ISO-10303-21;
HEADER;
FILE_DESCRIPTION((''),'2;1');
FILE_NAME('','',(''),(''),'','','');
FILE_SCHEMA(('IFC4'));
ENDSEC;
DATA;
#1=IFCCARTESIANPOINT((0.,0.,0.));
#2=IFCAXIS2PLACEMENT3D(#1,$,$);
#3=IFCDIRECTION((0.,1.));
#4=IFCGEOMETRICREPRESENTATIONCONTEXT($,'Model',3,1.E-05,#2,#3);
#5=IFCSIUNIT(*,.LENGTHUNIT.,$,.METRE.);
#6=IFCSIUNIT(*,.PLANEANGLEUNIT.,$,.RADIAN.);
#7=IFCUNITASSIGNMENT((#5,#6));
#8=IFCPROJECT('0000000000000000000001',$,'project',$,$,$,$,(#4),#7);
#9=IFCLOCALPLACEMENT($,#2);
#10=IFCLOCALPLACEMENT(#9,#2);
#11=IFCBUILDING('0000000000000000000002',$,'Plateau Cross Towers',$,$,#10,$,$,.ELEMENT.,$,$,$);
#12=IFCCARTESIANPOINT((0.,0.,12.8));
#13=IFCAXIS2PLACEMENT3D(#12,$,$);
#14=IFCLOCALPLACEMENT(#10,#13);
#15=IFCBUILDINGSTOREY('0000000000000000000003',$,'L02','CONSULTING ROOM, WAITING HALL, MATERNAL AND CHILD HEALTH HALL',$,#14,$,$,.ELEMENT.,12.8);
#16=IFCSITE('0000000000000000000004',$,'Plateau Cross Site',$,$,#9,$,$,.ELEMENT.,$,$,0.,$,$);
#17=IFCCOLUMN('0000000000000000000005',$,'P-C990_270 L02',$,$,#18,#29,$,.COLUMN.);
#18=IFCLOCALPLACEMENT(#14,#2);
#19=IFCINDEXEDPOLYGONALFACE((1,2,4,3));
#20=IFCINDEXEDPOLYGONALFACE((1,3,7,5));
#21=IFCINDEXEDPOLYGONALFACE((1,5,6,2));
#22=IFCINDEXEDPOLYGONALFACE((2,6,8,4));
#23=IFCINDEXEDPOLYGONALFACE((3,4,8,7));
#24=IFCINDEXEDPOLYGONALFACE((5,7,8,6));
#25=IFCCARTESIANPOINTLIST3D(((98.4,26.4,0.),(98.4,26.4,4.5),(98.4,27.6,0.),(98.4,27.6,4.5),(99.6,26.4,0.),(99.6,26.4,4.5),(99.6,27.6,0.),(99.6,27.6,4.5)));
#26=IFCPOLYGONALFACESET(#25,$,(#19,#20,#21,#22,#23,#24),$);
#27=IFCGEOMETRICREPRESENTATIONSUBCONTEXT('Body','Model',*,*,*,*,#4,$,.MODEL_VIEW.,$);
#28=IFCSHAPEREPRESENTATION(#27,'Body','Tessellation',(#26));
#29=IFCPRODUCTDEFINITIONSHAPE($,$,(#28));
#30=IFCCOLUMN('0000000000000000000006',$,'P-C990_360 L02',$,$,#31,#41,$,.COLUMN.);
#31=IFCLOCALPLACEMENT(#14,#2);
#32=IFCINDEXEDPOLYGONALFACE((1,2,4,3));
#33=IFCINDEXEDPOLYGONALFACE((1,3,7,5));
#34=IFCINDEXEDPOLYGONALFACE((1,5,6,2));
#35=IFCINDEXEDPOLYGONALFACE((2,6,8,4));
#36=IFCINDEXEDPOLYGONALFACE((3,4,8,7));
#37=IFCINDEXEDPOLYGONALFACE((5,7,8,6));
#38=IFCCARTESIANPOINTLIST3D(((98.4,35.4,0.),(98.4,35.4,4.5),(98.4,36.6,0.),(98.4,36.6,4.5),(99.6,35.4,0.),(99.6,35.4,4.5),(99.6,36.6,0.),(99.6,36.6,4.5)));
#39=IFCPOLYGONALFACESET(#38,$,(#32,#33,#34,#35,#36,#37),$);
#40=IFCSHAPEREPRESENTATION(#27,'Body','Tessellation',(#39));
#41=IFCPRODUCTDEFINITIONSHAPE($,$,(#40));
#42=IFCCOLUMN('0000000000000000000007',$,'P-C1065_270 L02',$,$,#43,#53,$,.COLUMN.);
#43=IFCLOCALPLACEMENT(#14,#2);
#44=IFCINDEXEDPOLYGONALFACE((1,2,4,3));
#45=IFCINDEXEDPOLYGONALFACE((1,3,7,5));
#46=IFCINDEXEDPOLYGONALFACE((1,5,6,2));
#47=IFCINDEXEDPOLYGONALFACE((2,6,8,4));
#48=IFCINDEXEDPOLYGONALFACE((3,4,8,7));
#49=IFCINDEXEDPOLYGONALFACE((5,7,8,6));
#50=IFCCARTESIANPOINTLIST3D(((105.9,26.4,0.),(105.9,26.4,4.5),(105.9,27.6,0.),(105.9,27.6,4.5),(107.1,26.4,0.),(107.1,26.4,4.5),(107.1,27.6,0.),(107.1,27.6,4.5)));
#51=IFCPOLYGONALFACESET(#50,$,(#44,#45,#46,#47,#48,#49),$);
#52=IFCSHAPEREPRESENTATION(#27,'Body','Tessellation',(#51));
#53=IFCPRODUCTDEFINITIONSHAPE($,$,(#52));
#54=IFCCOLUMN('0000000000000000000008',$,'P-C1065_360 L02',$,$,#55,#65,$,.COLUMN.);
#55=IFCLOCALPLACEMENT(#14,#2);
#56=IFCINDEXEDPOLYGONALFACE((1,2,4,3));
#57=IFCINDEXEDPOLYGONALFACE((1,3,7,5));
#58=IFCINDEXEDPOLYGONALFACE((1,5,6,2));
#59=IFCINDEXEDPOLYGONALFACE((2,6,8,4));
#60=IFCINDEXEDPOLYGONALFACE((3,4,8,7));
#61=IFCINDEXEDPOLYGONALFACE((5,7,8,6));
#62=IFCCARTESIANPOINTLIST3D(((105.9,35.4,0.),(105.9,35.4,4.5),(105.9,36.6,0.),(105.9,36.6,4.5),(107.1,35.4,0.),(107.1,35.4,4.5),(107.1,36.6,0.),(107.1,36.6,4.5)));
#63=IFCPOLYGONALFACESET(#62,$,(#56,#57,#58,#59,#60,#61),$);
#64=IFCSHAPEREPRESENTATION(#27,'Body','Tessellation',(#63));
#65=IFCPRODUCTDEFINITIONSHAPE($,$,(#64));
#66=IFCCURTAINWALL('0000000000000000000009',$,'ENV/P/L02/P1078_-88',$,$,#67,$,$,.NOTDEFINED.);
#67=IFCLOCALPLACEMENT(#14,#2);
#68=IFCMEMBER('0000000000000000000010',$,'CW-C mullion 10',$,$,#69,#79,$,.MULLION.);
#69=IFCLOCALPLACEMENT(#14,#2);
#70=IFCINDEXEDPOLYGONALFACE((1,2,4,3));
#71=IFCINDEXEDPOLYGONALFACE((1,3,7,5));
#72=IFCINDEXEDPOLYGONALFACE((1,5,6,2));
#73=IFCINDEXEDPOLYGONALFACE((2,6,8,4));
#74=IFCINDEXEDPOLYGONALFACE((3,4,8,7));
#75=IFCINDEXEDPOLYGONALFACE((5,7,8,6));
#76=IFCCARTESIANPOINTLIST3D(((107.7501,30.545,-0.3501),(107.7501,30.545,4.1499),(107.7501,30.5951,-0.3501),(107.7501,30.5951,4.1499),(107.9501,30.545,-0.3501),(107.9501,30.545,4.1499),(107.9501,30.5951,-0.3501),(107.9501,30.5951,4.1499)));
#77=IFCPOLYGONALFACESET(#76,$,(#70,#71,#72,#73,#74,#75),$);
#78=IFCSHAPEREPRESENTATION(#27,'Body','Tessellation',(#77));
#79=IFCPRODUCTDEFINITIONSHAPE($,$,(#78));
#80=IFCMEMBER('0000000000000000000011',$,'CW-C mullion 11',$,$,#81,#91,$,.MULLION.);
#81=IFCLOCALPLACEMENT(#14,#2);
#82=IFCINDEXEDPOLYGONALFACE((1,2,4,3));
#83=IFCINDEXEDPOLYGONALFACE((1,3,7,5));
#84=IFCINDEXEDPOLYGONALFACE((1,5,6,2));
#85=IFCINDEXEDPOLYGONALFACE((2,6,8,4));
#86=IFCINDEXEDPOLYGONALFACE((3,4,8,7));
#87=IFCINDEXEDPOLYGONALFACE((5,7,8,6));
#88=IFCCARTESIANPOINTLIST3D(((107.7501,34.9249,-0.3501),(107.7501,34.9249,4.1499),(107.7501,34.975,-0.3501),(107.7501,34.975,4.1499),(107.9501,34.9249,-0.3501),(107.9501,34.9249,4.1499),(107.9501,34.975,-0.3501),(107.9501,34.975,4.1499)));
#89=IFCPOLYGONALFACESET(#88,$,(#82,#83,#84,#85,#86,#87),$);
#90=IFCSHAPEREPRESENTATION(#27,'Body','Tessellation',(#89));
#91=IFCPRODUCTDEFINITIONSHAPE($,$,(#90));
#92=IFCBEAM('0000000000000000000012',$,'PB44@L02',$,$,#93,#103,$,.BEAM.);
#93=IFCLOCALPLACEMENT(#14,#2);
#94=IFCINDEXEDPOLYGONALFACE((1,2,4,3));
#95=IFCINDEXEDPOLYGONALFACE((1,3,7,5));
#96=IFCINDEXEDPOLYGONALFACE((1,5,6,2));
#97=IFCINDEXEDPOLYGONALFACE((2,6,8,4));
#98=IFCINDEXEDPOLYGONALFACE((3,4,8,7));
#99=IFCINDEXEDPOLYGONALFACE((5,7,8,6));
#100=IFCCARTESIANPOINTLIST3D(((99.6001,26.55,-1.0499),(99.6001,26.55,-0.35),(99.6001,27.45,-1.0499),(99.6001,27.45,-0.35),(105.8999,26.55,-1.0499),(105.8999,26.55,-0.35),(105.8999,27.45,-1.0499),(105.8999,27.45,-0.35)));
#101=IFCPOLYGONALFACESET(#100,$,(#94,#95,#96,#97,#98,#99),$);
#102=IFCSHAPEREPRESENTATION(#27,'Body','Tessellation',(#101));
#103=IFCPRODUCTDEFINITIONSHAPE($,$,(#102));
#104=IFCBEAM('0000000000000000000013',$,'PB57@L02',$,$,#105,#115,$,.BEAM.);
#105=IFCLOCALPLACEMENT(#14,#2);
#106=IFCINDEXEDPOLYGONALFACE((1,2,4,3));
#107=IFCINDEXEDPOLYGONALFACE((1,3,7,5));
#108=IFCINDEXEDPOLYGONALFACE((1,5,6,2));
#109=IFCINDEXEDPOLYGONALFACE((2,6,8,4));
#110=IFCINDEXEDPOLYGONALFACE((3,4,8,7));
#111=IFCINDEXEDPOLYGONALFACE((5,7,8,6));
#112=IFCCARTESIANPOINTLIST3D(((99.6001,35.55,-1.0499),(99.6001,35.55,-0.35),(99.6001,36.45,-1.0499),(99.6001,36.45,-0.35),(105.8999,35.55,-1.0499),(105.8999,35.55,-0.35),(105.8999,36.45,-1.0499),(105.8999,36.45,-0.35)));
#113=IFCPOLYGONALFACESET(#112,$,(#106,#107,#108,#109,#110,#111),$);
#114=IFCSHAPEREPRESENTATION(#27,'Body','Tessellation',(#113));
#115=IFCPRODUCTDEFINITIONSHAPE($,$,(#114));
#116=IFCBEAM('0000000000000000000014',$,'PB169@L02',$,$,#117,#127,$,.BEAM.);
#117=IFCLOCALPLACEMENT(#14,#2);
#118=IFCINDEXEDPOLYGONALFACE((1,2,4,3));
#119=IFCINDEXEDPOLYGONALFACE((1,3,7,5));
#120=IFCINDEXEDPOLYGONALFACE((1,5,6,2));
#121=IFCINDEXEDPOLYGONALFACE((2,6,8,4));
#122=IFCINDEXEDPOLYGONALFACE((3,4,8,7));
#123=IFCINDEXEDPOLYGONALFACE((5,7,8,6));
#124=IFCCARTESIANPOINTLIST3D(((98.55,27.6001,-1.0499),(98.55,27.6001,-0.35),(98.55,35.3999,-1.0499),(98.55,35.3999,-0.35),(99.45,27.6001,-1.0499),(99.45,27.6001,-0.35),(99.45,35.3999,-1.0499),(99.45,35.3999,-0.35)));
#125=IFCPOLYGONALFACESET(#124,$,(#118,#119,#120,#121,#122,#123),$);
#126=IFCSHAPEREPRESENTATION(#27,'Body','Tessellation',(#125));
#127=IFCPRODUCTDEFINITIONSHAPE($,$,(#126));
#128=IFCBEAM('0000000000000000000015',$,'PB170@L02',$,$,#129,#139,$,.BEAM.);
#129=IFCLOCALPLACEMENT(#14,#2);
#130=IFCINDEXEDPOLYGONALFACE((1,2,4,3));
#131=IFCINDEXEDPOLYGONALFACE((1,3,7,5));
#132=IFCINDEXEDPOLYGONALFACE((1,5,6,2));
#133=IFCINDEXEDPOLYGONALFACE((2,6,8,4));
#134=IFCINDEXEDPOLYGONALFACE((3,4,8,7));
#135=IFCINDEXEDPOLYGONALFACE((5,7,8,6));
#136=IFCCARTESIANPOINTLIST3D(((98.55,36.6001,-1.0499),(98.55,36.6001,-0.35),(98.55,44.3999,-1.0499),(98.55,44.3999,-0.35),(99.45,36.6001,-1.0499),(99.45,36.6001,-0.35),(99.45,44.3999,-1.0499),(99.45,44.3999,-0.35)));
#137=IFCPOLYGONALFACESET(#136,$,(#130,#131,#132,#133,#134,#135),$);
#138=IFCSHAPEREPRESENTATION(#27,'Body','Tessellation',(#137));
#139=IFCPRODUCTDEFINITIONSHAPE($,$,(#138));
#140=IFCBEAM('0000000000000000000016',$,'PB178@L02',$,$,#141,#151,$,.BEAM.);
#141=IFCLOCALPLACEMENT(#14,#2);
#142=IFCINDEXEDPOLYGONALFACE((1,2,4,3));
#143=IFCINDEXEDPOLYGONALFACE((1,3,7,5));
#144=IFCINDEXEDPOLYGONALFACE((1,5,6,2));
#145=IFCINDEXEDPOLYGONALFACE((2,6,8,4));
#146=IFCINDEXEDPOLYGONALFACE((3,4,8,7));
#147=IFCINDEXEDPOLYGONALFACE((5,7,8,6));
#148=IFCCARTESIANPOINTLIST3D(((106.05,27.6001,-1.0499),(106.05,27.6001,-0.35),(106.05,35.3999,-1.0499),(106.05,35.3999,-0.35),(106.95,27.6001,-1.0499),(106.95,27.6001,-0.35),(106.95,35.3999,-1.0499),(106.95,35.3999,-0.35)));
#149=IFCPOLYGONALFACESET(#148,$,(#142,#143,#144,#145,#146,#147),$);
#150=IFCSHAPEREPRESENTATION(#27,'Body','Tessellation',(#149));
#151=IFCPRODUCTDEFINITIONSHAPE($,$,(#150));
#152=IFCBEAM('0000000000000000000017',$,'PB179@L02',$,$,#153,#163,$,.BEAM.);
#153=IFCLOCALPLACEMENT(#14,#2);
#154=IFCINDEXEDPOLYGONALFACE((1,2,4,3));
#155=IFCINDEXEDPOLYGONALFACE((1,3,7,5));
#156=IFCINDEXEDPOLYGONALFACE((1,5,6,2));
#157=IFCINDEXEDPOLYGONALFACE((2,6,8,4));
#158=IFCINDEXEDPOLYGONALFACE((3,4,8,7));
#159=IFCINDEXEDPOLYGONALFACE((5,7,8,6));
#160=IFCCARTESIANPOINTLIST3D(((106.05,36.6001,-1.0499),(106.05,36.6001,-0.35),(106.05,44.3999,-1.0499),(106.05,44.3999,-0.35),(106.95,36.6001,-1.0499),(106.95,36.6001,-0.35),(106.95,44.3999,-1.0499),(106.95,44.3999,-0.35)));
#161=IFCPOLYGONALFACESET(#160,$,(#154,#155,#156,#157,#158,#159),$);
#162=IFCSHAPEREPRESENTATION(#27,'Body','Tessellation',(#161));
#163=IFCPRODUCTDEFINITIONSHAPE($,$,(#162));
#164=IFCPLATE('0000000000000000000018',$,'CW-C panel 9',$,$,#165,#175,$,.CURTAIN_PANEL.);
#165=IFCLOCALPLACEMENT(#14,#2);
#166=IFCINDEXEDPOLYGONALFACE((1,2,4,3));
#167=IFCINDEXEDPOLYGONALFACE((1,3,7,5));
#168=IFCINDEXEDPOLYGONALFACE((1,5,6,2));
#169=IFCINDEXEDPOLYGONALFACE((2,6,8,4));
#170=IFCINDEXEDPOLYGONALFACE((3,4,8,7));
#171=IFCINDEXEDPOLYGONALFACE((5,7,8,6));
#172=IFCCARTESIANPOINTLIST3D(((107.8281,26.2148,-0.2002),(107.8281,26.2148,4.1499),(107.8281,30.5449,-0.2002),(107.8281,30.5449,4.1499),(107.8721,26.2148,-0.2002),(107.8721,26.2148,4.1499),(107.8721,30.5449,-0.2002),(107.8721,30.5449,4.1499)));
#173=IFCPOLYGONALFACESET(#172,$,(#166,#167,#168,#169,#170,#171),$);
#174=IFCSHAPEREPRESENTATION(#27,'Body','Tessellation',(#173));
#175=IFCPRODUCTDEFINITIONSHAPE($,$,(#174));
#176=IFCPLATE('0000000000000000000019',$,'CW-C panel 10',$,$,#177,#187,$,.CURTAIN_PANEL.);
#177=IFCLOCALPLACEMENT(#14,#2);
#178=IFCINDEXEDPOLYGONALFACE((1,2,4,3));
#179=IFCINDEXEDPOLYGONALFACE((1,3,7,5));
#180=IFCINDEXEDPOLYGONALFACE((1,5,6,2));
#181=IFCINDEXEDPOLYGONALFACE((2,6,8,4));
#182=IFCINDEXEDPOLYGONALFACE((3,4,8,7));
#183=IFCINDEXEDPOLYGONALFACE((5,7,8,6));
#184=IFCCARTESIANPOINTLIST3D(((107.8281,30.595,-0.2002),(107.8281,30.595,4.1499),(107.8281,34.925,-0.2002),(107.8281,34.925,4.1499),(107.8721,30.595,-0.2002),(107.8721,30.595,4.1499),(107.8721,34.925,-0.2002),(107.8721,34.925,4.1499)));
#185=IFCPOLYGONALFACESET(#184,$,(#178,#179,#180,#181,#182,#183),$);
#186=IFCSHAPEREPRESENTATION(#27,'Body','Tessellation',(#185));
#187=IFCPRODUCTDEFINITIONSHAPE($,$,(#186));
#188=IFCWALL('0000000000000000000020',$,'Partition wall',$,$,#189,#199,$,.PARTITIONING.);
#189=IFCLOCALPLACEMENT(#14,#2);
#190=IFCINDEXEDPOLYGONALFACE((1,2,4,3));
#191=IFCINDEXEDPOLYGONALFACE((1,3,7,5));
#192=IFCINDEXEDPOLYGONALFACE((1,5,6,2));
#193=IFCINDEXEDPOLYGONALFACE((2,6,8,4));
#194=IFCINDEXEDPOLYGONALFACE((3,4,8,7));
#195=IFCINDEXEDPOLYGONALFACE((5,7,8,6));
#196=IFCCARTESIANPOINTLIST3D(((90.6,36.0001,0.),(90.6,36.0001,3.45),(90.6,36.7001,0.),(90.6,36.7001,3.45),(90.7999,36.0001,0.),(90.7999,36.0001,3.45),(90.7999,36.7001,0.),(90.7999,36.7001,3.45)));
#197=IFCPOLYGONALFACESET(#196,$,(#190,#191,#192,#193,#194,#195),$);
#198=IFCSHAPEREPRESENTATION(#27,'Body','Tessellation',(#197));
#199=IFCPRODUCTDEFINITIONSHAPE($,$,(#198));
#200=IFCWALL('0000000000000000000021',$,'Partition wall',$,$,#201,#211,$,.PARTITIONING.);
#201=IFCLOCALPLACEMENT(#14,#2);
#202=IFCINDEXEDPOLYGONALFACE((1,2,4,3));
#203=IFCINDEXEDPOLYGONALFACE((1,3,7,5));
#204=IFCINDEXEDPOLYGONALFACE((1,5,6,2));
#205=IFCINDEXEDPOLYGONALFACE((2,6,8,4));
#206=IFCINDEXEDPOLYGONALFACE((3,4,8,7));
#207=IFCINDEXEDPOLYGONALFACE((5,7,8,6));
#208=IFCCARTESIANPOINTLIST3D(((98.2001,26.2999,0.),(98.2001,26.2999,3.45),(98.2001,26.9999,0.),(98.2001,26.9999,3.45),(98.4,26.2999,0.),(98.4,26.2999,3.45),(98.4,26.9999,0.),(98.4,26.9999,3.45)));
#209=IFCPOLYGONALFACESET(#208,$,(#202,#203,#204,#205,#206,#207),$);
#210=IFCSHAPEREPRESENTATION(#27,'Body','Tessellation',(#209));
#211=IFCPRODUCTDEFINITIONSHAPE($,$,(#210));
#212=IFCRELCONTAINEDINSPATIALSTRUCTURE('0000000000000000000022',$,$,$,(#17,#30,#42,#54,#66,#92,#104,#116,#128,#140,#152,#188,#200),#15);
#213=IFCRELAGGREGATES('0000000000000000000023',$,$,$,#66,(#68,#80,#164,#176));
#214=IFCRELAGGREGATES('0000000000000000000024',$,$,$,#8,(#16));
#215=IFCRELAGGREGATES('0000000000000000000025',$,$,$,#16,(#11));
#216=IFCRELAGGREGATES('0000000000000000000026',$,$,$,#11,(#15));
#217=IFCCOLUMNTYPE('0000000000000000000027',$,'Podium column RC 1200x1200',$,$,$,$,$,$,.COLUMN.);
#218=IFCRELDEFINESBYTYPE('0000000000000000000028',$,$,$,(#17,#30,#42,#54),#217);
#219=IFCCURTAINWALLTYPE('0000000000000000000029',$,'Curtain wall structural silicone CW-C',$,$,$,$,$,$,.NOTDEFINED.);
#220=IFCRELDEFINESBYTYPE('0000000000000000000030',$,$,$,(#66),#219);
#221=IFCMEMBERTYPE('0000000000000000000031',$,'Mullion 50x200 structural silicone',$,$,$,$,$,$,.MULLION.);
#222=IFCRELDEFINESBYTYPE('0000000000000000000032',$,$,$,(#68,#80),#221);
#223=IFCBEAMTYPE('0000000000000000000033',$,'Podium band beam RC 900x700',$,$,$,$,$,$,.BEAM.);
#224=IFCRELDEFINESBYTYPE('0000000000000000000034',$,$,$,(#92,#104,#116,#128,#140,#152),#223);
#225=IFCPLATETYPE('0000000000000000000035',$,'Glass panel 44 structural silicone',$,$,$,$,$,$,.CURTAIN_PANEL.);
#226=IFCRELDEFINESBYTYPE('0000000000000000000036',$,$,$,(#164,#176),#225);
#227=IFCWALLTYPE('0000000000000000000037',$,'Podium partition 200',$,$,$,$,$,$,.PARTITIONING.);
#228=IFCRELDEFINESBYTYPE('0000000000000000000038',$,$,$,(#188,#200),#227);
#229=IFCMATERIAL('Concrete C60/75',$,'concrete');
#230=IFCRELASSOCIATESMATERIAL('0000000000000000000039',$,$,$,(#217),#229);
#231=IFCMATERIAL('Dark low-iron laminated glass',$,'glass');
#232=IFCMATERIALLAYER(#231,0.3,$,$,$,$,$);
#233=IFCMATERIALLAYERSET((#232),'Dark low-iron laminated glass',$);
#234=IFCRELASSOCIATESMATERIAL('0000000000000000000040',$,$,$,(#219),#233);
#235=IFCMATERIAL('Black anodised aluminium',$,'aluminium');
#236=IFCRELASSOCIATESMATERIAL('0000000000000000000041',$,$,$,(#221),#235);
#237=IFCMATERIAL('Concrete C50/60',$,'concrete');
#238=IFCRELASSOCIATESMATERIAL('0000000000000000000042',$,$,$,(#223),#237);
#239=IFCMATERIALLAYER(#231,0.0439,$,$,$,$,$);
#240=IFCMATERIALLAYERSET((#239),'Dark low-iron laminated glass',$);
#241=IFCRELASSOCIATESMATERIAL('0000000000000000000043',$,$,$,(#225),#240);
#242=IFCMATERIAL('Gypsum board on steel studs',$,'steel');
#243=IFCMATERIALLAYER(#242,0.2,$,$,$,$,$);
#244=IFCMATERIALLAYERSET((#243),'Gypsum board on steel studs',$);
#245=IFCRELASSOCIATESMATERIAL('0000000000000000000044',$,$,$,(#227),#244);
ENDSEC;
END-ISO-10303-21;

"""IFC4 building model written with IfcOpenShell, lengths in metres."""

from ifc_helpers import new_model, si_unit, direction, frame, frame_2d, origin, origin_2d, place, context, subcontext, project, spatial, rectangle, extrude, material, layer, layer_set, material_profile, profile_set, type_object, element, aggregate, save


model = new_model("IFC4")

# Units and contexts
model_context = context("Model", 3, precision=1e-05, world=origin(), true_north=direction((0.0, 1.0)))
body_context = subcontext(model_context, "Body", "Model", "MODEL_VIEW")
ifc_project = project(units=[si_unit("LENGTHUNIT", "METRE"), si_unit("PLANEANGLEUNIT", "RADIAN")], contexts=[model_context])

# Site, building, storey
site_placement = place(None, origin())
site = spatial("IfcSite", under=ifc_project, at=site_placement, Name="Plateau Cross Site", CompositionType="ELEMENT", RefElevation=0.0)
building_placement = place(site_placement, origin())
building = spatial("IfcBuilding", under=site, at=building_placement, Name="Plateau Cross Towers", CompositionType="ELEMENT")
storey_placement = place(building_placement, frame((0.0, 0.0, 12.8)))
storey = spatial("IfcBuildingStorey", under=building, at=storey_placement, Name="L02", Description="CONSULTING ROOM, WAITING HALL, MATERNAL AND CHILD HEALTH HALL", CompositionType="ELEMENT", Elevation=12.8)

# Columns
ifc_material_1 = material(Name="Concrete C60/75", Category="concrete")
ifc_material_profile_1 = material_profile(ifc_material_1, rectangle(XDim=1.2, YDim=1.2, at=origin_2d()), Name="RC 1200x1200")
ifc_profile_set_1 = profile_set([ifc_material_profile_1], Name="Concrete C60/75")
column_type = type_object("IfcColumnType", Name="Podium column RC 1200x1200", PredefinedType="COLUMN", material=ifc_profile_set_1)
for number, where, z_axis, x_axis, name in (
    (1, (99.0, 27.0, 0.0), (0.0, 0.0, 1.0), (1.0, 0.0, 0.0), "P-C990_270 L02"),
    (2, (99.0, 36.0, 0.0), (0.0, 0.0, 1.0), (1.0, 0.0, 0.0), "P-C990_360 L02"),
    (3, (106.5, 27.0, 0.0), (0.0, 0.0, 1.0), (1.0, 0.0, 0.0), "P-C1065_270 L02"),
    (4, (106.5, 36.0, 0.0), (0.0, 0.0, 1.0), (1.0, 0.0, 0.0), "P-C1065_360 L02"),
):
    element("IfcColumn", number, at=place(storey_placement, frame(where, z_axis=z_axis, x_axis=x_axis)), inside=storey, type_object=column_type, Name=name, PredefinedType="COLUMN", context=body_context, shape_type="SweptSolid", body=[
        extrude(rectangle(XDim=1.2, YDim=1.2, at=origin_2d()), origin(), (0.0, 0.0, 1.0), 4.5),
    ])

# Curtain wall, members
ifc_material_2 = material(Name="Dark low-iron laminated glass", Category="glass")
ifc_layer_1 = layer(ifc_material_2, 0.3)
ifc_layer_set_1 = layer_set([ifc_layer_1], Name="Dark low-iron laminated glass")
curtain_wall_type = type_object("IfcCurtainWallType", Name="Curtain wall structural silicone CW-C", PredefinedType="NOTDEFINED", material=ifc_layer_set_1)
curtain_wall_placement = place(storey_placement, origin())
curtain_wall = element("IfcCurtainWall", 5, at=curtain_wall_placement, inside=storey, type_object=curtain_wall_type, Name="ENV/P/L02/P1078_-88", PredefinedType="NOTDEFINED")
ifc_material_3 = material(Name="Black anodised aluminium", Category="aluminium")
ifc_material_profile_2 = material_profile(ifc_material_3, rectangle(XDim=0.05, YDim=0.2, at=origin_2d()), Name="MULLION 50x200")
ifc_profile_set_2 = profile_set([ifc_material_profile_2], Name="Black anodised aluminium")
member_type = type_object("IfcMemberType", Name="Mullion 50x200 structural silicone", PredefinedType="MULLION", material=ifc_profile_set_2)
member_1_placement = place(storey_placement, frame((107.8501, 30.5701, -0.3501), z_axis=(0.0, 0.0, 1.0), x_axis=(0.0, 1.0, 0.0)))
member_1 = element("IfcMember", 6, at=member_1_placement, type_object=member_type, Name="CW-C mullion 10", PredefinedType="MULLION", context=body_context, shape_type="SweptSolid", body=[
    extrude(rectangle(XDim=0.05, YDim=0.2, at=origin_2d()), origin(), (0.0, 0.0, 1.0), 4.5),
])
member_2_placement = place(storey_placement, frame((107.8501, 34.95, -0.3501), z_axis=(0.0, 0.0, 1.0), x_axis=(0.0, 1.0, 0.0)))
member_2 = element("IfcMember", 7, at=member_2_placement, type_object=member_type, Name="CW-C mullion 11", PredefinedType="MULLION", context=body_context, shape_type="SweptSolid", body=[
    extrude(rectangle(XDim=0.05, YDim=0.2, at=origin_2d()), origin(), (0.0, 0.0, 1.0), 4.5),
])

# Beams
ifc_material_4 = material(Name="Concrete C50/60", Category="concrete")
ifc_material_profile_3 = material_profile(ifc_material_4, rectangle(XDim=0.8999, YDim=0.7, at=origin_2d()), Name="RC 900x700")
ifc_profile_set_3 = profile_set([ifc_material_profile_3], Name="Concrete C50/60")
beam_type = type_object("IfcBeamType", Name="Podium band beam RC 900x700", PredefinedType="BEAM", material=ifc_profile_set_3)
for number, where, z_axis, x_axis, name in (
    (8, (99.6001, 27.0, -0.7), (1.0, 0.0, 0.0), (0.0, 1.0, 0.0), "PB44@L02"),
    (9, (99.6001, 36.0, -0.7), (1.0, 0.0, 0.0), (0.0, 1.0, 0.0), "PB57@L02"),
):
    element("IfcBeam", number, at=place(storey_placement, frame(where, z_axis=z_axis, x_axis=x_axis)), inside=storey, type_object=beam_type, Name=name, PredefinedType="BEAM", context=body_context, shape_type="SweptSolid", body=[
        extrude(rectangle(XDim=0.8999, YDim=0.7, at=origin_2d()), origin(), (0.0, 0.0, 1.0), 6.2998),
    ])
for number, where, z_axis, x_axis, name in (
    (10, (99.0, 27.6001, -0.7), (0.0, 1.0, 0.0), (-1.0, 0.0, 0.0), "PB169@L02"),
    (11, (99.0, 36.6001, -0.7), (0.0, 1.0, 0.0), (-1.0, 0.0, 0.0), "PB170@L02"),
    (12, (106.5, 27.6001, -0.7), (0.0, 1.0, 0.0), (-1.0, 0.0, 0.0), "PB178@L02"),
    (13, (106.5, 36.6001, -0.7), (0.0, 1.0, 0.0), (-1.0, 0.0, 0.0), "PB179@L02"),
):
    element("IfcBeam", number, at=place(storey_placement, frame(where, z_axis=z_axis, x_axis=x_axis)), inside=storey, type_object=beam_type, Name=name, PredefinedType="BEAM", context=body_context, shape_type="SweptSolid", body=[
        extrude(rectangle(XDim=0.8999, YDim=0.7, at=origin_2d()), origin(), (0.0, 0.0, 1.0), 7.7998),
    ])

# Plates
ifc_layer_2 = layer(ifc_material_2, 0.0439)
ifc_layer_set_2 = layer_set([ifc_layer_2], Name="Dark low-iron laminated glass")
plate_type = type_object("IfcPlateType", Name="Glass panel 44 structural silicone", PredefinedType="CURTAIN_PANEL", material=ifc_layer_set_2)
plate_1_placement = place(storey_placement, frame((107.8501, 28.3799, -0.2002), z_axis=(0.0, 0.0, 1.0), x_axis=(0.0, 1.0, 0.0)))
plate_1 = element("IfcPlate", 14, at=plate_1_placement, type_object=plate_type, Name="CW-C panel 9", PredefinedType="CURTAIN_PANEL", context=body_context, shape_type="SweptSolid", body=[
    extrude(rectangle(XDim=4.3301, YDim=0.0439, at=origin_2d()), origin(), (0.0, 0.0, 1.0), 4.3501),
])
plate_2_placement = place(storey_placement, frame((107.8501, 32.76, -0.2002), z_axis=(0.0, 0.0, 1.0), x_axis=(0.0, 1.0, 0.0)))
plate_2 = element("IfcPlate", 15, at=plate_2_placement, type_object=plate_type, Name="CW-C panel 10", PredefinedType="CURTAIN_PANEL", context=body_context, shape_type="SweptSolid", body=[
    extrude(rectangle(XDim=4.3301, YDim=0.0439, at=origin_2d()), origin(), (0.0, 0.0, 1.0), 4.3501),
])
aggregate(curtain_wall, [member_1, member_2, plate_1, plate_2])

# Walls
ifc_material_5 = material(Name="Gypsum board on steel studs", Category="steel")
ifc_layer_3 = layer(ifc_material_5, 0.2)
ifc_layer_set_3 = layer_set([ifc_layer_3], Name="Gypsum board on steel studs")
wall_type = type_object("IfcWallType", Name="Podium partition 200", PredefinedType="PARTITIONING", material=ifc_layer_set_3)
for number, where, z_axis, x_axis, name in (
    (16, (90.7, 36.0, 0.0), (0.0, 0.0, 1.0), (0.0, 1.0, 0.0), "Partition wall"),
    (17, (98.3, 27.0, 0.0), (0.0, 0.0, 1.0), (0.0, -1.0, 0.0), "Partition wall"),
):
    element("IfcWall", number, at=place(storey_placement, frame(where, z_axis=z_axis, x_axis=x_axis)), inside=storey, type_object=wall_type, Name=name, PredefinedType="PARTITIONING", context=body_context, shape_type="SweptSolid", body=[
        extrude(rectangle(XDim=0.7, YDim=0.2, at=frame_2d((0.3501, 0.0))), origin(), (0.0, 0.0, 1.0), 3.45),
    ])

save(model, "model.ifc")
